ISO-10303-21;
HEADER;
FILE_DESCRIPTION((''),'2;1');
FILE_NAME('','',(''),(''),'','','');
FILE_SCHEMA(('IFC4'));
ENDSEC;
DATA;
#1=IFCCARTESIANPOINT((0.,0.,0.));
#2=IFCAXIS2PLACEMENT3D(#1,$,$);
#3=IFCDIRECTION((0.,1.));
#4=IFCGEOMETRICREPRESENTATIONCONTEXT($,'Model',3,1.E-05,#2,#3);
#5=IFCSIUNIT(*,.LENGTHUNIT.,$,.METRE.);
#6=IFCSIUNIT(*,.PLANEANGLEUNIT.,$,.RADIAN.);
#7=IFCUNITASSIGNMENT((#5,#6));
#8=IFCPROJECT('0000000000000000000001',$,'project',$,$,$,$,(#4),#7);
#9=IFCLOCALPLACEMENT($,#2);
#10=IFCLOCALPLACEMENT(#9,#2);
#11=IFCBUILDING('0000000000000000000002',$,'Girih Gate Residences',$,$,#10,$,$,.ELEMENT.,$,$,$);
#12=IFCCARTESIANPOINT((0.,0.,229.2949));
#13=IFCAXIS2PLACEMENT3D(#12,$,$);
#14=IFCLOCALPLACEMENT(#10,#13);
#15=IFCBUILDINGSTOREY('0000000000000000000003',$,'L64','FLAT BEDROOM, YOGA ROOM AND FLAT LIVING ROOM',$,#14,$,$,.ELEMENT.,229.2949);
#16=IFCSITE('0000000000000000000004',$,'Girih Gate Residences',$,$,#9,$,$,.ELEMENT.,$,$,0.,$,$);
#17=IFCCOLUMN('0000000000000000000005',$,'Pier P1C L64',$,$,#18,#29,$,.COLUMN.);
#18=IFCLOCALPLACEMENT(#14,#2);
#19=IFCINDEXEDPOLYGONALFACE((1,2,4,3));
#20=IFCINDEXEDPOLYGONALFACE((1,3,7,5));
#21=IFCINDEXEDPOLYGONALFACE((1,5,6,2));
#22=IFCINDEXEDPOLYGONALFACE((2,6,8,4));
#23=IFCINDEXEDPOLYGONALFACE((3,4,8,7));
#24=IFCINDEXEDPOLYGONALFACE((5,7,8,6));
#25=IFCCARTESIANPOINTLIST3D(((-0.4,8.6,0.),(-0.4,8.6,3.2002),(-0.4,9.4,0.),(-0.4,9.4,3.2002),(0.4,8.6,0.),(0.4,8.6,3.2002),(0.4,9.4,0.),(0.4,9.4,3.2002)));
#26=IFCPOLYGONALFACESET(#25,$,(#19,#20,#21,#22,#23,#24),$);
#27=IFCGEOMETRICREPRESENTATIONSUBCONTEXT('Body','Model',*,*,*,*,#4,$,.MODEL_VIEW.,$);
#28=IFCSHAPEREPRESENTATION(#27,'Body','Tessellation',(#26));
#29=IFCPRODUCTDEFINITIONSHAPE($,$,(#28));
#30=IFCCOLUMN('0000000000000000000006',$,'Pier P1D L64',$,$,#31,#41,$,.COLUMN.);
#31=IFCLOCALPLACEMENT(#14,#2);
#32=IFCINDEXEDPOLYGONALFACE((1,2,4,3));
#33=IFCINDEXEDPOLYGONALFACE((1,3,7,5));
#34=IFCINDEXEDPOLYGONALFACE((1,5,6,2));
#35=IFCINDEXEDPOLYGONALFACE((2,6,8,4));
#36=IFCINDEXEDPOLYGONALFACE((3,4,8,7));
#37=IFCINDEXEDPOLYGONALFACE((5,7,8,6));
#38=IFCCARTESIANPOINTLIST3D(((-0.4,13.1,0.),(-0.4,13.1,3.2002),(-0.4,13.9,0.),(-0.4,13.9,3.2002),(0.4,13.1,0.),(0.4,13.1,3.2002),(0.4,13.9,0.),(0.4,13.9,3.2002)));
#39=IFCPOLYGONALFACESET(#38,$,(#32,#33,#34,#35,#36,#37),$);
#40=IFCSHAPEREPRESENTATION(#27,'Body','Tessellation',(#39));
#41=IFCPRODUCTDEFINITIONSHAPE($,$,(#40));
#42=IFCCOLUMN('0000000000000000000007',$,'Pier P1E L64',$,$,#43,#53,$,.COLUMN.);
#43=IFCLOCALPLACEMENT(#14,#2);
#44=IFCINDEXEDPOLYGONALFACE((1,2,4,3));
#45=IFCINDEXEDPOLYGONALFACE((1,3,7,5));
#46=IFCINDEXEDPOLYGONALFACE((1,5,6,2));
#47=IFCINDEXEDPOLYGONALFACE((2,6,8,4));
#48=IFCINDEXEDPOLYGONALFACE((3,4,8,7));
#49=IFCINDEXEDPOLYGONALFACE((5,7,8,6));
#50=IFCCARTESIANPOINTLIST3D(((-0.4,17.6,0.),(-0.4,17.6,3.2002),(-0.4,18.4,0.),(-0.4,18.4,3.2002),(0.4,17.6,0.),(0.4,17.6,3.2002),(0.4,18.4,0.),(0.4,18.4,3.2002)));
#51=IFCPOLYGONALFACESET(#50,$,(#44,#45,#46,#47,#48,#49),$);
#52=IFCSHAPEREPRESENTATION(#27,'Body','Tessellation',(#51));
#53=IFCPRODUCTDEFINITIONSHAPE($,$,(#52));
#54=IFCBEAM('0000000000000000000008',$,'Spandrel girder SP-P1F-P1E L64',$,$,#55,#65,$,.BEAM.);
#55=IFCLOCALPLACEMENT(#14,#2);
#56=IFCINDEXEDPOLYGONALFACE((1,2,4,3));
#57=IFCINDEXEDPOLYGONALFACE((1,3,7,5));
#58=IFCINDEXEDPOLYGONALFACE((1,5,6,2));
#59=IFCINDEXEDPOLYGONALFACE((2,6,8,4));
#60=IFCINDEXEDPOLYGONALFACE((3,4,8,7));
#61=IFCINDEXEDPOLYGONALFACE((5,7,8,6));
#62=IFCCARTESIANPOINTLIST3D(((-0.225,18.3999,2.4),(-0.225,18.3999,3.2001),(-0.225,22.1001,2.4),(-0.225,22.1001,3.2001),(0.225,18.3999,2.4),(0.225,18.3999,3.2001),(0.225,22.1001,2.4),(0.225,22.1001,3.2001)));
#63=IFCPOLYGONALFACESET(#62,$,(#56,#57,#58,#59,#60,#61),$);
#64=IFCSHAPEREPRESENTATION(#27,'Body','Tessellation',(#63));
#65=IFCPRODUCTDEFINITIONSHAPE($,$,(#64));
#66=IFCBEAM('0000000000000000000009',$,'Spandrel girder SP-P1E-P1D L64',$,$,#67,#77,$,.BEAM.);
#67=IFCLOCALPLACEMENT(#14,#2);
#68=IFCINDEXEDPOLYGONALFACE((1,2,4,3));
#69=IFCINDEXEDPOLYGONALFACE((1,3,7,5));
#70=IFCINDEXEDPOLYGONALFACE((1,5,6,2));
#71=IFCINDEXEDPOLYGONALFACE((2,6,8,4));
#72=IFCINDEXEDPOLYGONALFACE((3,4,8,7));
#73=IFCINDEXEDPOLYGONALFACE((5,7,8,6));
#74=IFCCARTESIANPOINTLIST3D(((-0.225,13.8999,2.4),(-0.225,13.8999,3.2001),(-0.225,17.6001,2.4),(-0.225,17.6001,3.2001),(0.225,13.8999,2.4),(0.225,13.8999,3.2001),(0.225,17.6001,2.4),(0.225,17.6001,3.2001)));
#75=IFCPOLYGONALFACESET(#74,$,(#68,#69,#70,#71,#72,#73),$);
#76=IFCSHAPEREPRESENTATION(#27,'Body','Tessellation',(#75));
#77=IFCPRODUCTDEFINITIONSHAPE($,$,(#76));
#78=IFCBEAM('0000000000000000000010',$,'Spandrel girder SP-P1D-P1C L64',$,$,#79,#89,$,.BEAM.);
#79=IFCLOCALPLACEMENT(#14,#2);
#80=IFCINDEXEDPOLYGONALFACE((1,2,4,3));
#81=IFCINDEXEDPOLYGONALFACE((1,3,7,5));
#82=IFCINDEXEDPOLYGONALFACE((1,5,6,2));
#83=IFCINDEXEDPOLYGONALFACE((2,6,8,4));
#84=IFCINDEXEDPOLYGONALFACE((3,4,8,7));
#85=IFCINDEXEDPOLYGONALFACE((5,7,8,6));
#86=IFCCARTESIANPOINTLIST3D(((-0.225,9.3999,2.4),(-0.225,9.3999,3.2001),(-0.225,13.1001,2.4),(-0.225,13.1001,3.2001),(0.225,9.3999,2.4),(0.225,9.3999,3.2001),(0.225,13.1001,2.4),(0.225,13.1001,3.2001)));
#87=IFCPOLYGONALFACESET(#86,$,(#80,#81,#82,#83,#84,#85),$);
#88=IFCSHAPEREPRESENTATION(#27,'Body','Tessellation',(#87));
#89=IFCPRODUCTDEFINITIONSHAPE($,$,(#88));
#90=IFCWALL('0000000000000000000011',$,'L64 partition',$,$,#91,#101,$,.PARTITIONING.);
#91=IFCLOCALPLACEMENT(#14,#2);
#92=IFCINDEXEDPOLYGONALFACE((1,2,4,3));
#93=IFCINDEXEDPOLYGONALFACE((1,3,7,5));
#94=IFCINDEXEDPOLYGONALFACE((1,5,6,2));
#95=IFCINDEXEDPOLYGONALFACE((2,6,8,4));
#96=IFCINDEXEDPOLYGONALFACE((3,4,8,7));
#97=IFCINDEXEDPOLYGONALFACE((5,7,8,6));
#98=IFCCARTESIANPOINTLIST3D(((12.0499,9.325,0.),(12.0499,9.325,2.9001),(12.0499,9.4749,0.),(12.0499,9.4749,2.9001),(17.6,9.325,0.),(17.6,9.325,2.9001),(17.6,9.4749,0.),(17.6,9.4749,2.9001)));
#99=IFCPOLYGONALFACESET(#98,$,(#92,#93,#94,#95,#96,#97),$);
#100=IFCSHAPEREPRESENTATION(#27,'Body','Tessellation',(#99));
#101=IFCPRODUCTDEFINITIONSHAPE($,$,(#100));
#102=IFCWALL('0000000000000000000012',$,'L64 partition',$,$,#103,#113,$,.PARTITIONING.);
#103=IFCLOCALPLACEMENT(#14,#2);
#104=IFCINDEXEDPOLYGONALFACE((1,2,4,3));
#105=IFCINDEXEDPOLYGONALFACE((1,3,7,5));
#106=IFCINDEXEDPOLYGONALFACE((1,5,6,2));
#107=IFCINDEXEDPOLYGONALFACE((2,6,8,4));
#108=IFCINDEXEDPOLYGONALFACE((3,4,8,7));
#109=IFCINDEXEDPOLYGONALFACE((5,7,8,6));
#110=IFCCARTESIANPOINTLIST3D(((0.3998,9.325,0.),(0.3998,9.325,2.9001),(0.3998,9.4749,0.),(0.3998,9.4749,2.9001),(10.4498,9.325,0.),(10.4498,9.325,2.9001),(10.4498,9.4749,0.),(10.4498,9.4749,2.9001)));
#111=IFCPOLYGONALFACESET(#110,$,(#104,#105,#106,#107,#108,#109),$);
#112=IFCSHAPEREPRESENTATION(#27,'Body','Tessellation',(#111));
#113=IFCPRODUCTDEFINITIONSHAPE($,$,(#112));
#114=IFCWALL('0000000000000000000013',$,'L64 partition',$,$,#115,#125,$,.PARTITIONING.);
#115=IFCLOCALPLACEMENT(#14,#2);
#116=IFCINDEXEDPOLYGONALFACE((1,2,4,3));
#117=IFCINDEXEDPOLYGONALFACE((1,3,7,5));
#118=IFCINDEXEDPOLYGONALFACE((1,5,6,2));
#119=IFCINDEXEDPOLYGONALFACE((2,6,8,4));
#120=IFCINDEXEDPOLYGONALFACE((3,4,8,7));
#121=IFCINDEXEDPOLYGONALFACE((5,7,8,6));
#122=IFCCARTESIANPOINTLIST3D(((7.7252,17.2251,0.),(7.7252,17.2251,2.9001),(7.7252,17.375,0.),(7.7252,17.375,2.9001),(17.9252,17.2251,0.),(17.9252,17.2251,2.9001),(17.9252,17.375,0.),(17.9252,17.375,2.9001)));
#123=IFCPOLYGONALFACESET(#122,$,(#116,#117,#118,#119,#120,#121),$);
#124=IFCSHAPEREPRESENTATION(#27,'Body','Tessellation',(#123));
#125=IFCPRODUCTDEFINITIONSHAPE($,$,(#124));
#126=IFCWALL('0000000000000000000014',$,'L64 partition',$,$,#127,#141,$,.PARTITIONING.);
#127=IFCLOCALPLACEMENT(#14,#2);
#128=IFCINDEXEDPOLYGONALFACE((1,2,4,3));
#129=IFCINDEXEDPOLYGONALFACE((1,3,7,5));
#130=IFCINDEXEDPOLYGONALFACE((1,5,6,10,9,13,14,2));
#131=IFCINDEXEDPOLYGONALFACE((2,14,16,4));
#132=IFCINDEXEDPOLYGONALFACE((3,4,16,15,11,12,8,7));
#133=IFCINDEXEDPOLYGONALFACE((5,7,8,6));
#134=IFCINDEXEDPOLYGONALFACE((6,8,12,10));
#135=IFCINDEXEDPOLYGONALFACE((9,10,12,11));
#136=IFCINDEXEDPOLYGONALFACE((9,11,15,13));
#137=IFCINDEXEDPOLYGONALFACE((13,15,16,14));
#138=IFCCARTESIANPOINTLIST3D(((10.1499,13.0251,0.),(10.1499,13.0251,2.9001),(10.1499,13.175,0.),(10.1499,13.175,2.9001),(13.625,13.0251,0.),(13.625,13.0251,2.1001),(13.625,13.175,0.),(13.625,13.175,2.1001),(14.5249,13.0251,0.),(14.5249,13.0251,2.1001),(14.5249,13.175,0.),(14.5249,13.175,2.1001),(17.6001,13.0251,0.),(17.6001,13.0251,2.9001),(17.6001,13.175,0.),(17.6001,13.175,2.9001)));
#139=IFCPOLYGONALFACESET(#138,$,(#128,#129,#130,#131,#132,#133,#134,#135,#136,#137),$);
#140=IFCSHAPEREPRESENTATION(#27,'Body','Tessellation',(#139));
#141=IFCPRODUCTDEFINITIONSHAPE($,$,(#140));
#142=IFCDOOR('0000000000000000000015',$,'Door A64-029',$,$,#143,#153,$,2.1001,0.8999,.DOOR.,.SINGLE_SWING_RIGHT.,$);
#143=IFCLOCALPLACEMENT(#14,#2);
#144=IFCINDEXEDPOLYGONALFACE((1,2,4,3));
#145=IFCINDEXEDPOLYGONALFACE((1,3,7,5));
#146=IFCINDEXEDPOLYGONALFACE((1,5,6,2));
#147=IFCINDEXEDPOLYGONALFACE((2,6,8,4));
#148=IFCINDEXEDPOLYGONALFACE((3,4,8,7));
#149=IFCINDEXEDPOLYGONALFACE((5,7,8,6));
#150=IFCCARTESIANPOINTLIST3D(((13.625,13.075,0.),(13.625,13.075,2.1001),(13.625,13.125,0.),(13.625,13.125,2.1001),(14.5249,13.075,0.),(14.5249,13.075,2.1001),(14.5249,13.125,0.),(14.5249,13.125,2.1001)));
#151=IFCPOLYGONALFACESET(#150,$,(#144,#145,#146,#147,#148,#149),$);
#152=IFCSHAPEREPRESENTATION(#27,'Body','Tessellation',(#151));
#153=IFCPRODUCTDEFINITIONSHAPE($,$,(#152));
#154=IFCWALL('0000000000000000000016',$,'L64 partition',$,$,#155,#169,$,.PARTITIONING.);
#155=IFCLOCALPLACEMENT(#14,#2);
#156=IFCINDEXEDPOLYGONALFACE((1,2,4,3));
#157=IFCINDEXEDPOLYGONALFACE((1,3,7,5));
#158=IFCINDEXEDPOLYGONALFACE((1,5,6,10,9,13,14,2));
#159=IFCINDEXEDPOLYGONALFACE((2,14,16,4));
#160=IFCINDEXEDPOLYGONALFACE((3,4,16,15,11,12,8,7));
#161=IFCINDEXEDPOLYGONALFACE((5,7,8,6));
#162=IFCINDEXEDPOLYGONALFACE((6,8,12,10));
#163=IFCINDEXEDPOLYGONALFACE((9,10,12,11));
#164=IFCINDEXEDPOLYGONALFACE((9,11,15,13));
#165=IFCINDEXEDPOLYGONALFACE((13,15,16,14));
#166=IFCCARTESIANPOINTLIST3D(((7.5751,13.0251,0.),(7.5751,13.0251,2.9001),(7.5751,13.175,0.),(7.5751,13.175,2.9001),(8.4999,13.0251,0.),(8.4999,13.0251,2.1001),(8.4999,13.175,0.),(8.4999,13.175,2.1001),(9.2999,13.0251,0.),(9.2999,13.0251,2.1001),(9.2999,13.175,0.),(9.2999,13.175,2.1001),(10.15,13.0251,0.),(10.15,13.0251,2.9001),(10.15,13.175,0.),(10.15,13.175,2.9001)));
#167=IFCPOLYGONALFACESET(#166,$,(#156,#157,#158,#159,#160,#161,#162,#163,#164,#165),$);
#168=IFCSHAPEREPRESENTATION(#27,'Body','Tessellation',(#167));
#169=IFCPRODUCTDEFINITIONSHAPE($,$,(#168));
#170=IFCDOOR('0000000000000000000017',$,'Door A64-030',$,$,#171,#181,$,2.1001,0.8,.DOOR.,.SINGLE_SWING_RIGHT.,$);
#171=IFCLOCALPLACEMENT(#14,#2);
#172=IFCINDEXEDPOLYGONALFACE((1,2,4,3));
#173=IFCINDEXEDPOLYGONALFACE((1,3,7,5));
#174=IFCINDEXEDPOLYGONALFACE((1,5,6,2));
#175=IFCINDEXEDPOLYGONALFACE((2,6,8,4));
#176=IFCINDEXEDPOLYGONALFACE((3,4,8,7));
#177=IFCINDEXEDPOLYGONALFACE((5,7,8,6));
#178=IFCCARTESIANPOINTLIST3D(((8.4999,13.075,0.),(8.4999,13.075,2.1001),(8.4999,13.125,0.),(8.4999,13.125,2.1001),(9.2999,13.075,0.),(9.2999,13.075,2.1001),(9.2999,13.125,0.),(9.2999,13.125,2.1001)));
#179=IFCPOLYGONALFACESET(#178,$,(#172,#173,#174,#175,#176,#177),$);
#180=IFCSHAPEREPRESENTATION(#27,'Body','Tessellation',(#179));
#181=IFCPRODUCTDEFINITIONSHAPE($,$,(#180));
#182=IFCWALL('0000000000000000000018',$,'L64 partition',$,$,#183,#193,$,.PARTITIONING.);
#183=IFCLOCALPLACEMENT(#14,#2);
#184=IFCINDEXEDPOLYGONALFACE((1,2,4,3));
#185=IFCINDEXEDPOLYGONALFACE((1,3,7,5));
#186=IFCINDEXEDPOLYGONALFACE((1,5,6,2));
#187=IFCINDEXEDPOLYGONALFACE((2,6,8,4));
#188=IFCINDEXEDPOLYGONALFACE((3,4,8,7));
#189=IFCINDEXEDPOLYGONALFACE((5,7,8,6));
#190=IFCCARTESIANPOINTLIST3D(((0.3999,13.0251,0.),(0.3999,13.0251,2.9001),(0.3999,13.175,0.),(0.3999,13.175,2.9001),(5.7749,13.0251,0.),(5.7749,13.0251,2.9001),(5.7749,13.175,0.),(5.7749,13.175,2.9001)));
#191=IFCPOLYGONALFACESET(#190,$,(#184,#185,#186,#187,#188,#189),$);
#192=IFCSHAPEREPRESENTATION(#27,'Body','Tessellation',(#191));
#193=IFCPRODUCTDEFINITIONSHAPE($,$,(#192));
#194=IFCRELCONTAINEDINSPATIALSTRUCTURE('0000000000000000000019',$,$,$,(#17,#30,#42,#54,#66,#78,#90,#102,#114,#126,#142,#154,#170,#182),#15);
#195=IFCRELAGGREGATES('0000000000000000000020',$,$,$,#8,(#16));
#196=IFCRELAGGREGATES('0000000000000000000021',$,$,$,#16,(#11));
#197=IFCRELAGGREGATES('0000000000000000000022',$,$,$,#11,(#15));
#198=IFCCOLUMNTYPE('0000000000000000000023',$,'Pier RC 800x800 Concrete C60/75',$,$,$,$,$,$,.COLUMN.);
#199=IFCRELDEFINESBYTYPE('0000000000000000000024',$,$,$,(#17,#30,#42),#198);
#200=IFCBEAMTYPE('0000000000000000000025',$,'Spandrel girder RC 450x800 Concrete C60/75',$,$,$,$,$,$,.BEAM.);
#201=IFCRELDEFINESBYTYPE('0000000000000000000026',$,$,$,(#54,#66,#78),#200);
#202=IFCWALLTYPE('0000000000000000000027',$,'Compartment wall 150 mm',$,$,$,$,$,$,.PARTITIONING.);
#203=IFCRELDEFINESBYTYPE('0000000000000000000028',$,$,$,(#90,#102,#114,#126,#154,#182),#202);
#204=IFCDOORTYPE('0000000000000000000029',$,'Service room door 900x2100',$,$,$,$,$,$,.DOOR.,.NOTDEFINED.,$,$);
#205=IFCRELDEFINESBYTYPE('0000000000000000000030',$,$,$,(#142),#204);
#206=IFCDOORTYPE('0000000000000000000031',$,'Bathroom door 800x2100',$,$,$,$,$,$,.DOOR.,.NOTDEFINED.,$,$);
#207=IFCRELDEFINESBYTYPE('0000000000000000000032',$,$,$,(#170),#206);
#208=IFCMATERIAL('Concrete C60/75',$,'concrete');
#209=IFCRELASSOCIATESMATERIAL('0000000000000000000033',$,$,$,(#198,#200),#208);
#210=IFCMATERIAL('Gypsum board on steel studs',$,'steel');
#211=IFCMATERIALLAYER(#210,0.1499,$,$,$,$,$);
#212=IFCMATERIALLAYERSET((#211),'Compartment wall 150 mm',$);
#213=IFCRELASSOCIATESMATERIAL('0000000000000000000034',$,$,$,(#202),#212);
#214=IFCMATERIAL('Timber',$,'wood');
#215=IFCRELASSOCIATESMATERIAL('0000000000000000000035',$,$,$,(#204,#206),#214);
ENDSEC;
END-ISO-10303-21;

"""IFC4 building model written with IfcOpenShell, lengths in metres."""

from ifc_helpers import new_model, si_unit, direction, frame, frame_2d, origin, origin_2d, place, context, subcontext, project, spatial, rectangle, extrude, material, layer, layer_set, material_profile, profile_set, type_object, element, fill, save


model = new_model("IFC4")

# Units and contexts
model_context = context("Model", 3, precision=1e-05, world=origin(), true_north=direction((0.0, 1.0)))
body_context = subcontext(model_context, "Body", "Model", "MODEL_VIEW")
ifc_project = project(units=[si_unit("LENGTHUNIT", "METRE"), si_unit("PLANEANGLEUNIT", "RADIAN")], contexts=[model_context])

# Site, building, storey
site_placement = place(None, origin())
site = spatial("IfcSite", under=ifc_project, at=site_placement, Name="Girih Gate Residences", CompositionType="ELEMENT", RefElevation=0.0)
building_placement = place(site_placement, origin())
building = spatial("IfcBuilding", under=site, at=building_placement, Name="Girih Gate Residences", CompositionType="ELEMENT")
storey_placement = place(building_placement, frame((0.0, 0.0, 229.2949)))
storey = spatial("IfcBuildingStorey", under=building, at=storey_placement, Name="L64", Description="FLAT BEDROOM, YOGA ROOM AND FLAT LIVING ROOM", CompositionType="ELEMENT", Elevation=229.2949)

# Columns
ifc_material_1 = material(Name="Concrete C60/75", Category="concrete")
ifc_material_profile_1 = material_profile(ifc_material_1, rectangle(XDim=0.8, YDim=0.8, at=origin_2d()))
ifc_profile_set_1 = profile_set([ifc_material_profile_1], Name="Concrete C60/75")
column_type = type_object("IfcColumnType", Name="Pier RC 800x800 Concrete C60/75", PredefinedType="COLUMN", material=ifc_profile_set_1)
for number, where, z_axis, x_axis, name in (
    (1, (0.0, 9.0, 0.0), (0.0, 0.0, 1.0), (1.0, 0.0, 0.0), "Pier P1C L64"),
    (2, (0.0, 13.5, 0.0), (0.0, 0.0, 1.0), (1.0, 0.0, 0.0), "Pier P1D L64"),
    (3, (0.0, 18.0, 0.0), (0.0, 0.0, 1.0), (1.0, 0.0, 0.0), "Pier P1E L64"),
):
    element("IfcColumn", number, at=place(storey_placement, frame(where, z_axis=z_axis, x_axis=x_axis)), inside=storey, type_object=column_type, Name=name, PredefinedType="COLUMN", context=body_context, shape_type="SweptSolid", body=[
        extrude(rectangle(XDim=0.8, YDim=0.8, at=origin_2d()), origin(), (0.0, 0.0, 1.0), 3.2002),
    ])

# Beams
ifc_material_profile_2 = material_profile(ifc_material_1, rectangle(XDim=0.45, YDim=0.8, at=origin_2d()))
ifc_profile_set_2 = profile_set([ifc_material_profile_2], Name="Concrete C60/75")
beam_type = type_object("IfcBeamType", Name="Spandrel girder RC 450x800 Concrete C60/75", PredefinedType="BEAM", material=ifc_profile_set_2)
for number, where, z_axis, x_axis, name in (
    (4, (0.0, 22.1001, 2.8), (0.0, -1.0, 0.0), (1.0, 0.0, 0.0), "Spandrel girder SP-P1F-P1E L64"),
    (5, (0.0, 17.6001, 2.8), (0.0, -1.0, 0.0), (1.0, 0.0, 0.0), "Spandrel girder SP-P1E-P1D L64"),
    (6, (0.0, 13.1001, 2.8), (0.0, -1.0, 0.0), (1.0, 0.0, 0.0), "Spandrel girder SP-P1D-P1C L64"),
):
    element("IfcBeam", number, at=place(storey_placement, frame(where, z_axis=z_axis, x_axis=x_axis)), inside=storey, type_object=beam_type, Name=name, PredefinedType="BEAM", context=body_context, shape_type="SweptSolid", body=[
        extrude(rectangle(XDim=0.45, YDim=0.8, at=origin_2d()), origin(), (0.0, 0.0, 1.0), 3.7002),
    ])

# Shared definitions
ifc_material_2 = material(Name="Gypsum board on steel studs", Category="steel")
ifc_layer_1 = layer(ifc_material_2, 0.1499)
ifc_layer_set_1 = layer_set([ifc_layer_1], Name="Compartment wall 150 mm")
wall_type_1 = type_object("IfcWallType", Name="Compartment wall 150 mm", PredefinedType="PARTITIONING", material=ifc_layer_set_1)

# Walls
wall_1_placement = place(storey_placement, frame((12.05, 9.3999, 0.0), z_axis=(0.0, 0.0, 1.0), x_axis=(1.0, 0.0, 0.0)))
element("IfcWall", 7, at=wall_1_placement, inside=storey, type_object=wall_type_1, Name="L64 partition", PredefinedType="PARTITIONING", context=body_context, shape_type="SweptSolid", body=[
    extrude(rectangle(XDim=5.55, YDim=0.1499, at=frame_2d((2.7749, 0.0))), origin(), (0.0, 0.0, 1.0), 2.9001),
])
wall_2_placement = place(storey_placement, frame((0.3999, 9.3999, 0.0), z_axis=(0.0, 0.0, 1.0), x_axis=(1.0, 0.0, 0.0)))
element("IfcWall", 8, at=wall_2_placement, inside=storey, type_object=wall_type_1, Name="L64 partition", PredefinedType="PARTITIONING", context=body_context, shape_type="SweptSolid", body=[
    extrude(rectangle(XDim=10.05, YDim=0.1499, at=frame_2d((5.0249, 0.0))), origin(), (0.0, 0.0, 1.0), 2.9001),
])
wall_3_placement = place(storey_placement, frame((7.7251, 17.3, 0.0), z_axis=(0.0, 0.0, 1.0), x_axis=(1.0, 0.0, 0.0)))
element("IfcWall", 9, at=wall_3_placement, inside=storey, type_object=wall_type_1, Name="L64 partition", PredefinedType="PARTITIONING", context=body_context, shape_type="SweptSolid", body=[
    extrude(rectangle(XDim=10.2, YDim=0.1499, at=frame_2d((5.1001, 0.0))), origin(), (0.0, 0.0, 1.0), 2.9001),
])

# Walls, openings, doors
wall_4_placement = place(storey_placement, frame((10.1499, 13.1001, 0.0), z_axis=(0.0, 0.0, 1.0), x_axis=(1.0, 0.0, 0.0)))
wall_4 = element("IfcWall", 10, at=wall_4_placement, inside=storey, type_object=wall_type_1, Name="L64 partition", PredefinedType="PARTITIONING", context=body_context, shape_type="SweptSolid", body=[
    extrude(rectangle(XDim=7.4502, YDim=0.1499, at=frame_2d((3.7251, 0.0))), origin(), (0.0, 0.0, 1.0), 2.9001),
])
opening_1_placement = place(wall_4_placement, frame((3.4751, 0.0, 0.0)))
opening_1 = element("IfcOpeningElement", 11, at=opening_1_placement, cuts=wall_4, PredefinedType="OPENING", context=body_context, shape_type="SweptSolid", body=[
    extrude(rectangle(XDim=0.8999, YDim=2.1001, at=frame_2d((0.45, 1.05))), frame((0.0, 0.085, 0.0), z_axis=(0.0, -1.0, 0.0), x_axis=(1.0, 0.0, 0.0)), (0.0, 0.0, 1.0), 0.1699),
])
ifc_material_3 = material(Name="Timber", Category="wood")
door_type_1 = type_object("IfcDoorType", Name="Service room door 900x2100", OperationType="NOTDEFINED", PredefinedType="DOOR", material=ifc_material_3)
door_1_placement = place(opening_1_placement, origin())
door_1 = element("IfcDoor", 12, at=door_1_placement, inside=storey, type_object=door_type_1, Name="Door A64-029", OperationType="SINGLE_SWING_RIGHT", OverallHeight=2.1001, OverallWidth=0.8999, PredefinedType="DOOR", context=body_context, shape_type="SweptSolid", body=[
    extrude(rectangle(XDim=0.8999, YDim=2.1001, at=frame_2d((0.45, 1.05))), frame((0.0, 0.0249, 0.0), z_axis=(0.0, -1.0, 0.0), x_axis=(1.0, 0.0, 0.0)), (0.0, 0.0, 1.0), 0.05),
])
fill(opening_1, door_1)
wall_5_placement = place(storey_placement, frame((7.575, 13.1001, 0.0), z_axis=(0.0, 0.0, 1.0), x_axis=(1.0, 0.0, 0.0)))
wall_5 = element("IfcWall", 13, at=wall_5_placement, inside=storey, type_object=wall_type_1, Name="L64 partition", PredefinedType="PARTITIONING", context=body_context, shape_type="SweptSolid", body=[
    extrude(rectangle(XDim=2.575, YDim=0.1499, at=frame_2d((1.2876, 0.0))), origin(), (0.0, 0.0, 1.0), 2.9001),
])
opening_2_placement = place(wall_5_placement, frame((0.925, 0.0, 0.0)))
opening_2 = element("IfcOpeningElement", 14, at=opening_2_placement, cuts=wall_5, PredefinedType="OPENING", context=body_context, shape_type="SweptSolid", body=[
    extrude(rectangle(XDim=0.8, YDim=2.1001, at=frame_2d((0.3999, 1.05))), frame((0.0, 0.085, 0.0), z_axis=(0.0, -1.0, 0.0), x_axis=(1.0, 0.0, 0.0)), (0.0, 0.0, 1.0), 0.1699),
])
door_type_2 = type_object("IfcDoorType", Name="Bathroom door 800x2100", OperationType="NOTDEFINED", PredefinedType="DOOR", material=ifc_material_3)
door_2_placement = place(opening_2_placement, origin())
door_2 = element("IfcDoor", 15, at=door_2_placement, inside=storey, type_object=door_type_2, Name="Door A64-030", OperationType="SINGLE_SWING_RIGHT", OverallHeight=2.1001, OverallWidth=0.8, PredefinedType="DOOR", context=body_context, shape_type="SweptSolid", body=[
    extrude(rectangle(XDim=0.8, YDim=2.1001, at=frame_2d((0.3999, 1.05))), frame((0.0, 0.0249, 0.0), z_axis=(0.0, -1.0, 0.0), x_axis=(1.0, 0.0, 0.0)), (0.0, 0.0, 1.0), 0.05),
])
fill(opening_2, door_2)

# Wall
wall_6_placement = place(storey_placement, frame((0.3999, 13.1001, 0.0), z_axis=(0.0, 0.0, 1.0), x_axis=(1.0, 0.0, 0.0)))
element("IfcWall", 16, at=wall_6_placement, inside=storey, type_object=wall_type_1, Name="L64 partition", PredefinedType="PARTITIONING", context=body_context, shape_type="SweptSolid", body=[
    extrude(rectangle(XDim=5.375, YDim=0.1499, at=frame_2d((2.6875, 0.0))), origin(), (0.0, 0.0, 1.0), 2.9001),
])

save(model, "model.ifc")
